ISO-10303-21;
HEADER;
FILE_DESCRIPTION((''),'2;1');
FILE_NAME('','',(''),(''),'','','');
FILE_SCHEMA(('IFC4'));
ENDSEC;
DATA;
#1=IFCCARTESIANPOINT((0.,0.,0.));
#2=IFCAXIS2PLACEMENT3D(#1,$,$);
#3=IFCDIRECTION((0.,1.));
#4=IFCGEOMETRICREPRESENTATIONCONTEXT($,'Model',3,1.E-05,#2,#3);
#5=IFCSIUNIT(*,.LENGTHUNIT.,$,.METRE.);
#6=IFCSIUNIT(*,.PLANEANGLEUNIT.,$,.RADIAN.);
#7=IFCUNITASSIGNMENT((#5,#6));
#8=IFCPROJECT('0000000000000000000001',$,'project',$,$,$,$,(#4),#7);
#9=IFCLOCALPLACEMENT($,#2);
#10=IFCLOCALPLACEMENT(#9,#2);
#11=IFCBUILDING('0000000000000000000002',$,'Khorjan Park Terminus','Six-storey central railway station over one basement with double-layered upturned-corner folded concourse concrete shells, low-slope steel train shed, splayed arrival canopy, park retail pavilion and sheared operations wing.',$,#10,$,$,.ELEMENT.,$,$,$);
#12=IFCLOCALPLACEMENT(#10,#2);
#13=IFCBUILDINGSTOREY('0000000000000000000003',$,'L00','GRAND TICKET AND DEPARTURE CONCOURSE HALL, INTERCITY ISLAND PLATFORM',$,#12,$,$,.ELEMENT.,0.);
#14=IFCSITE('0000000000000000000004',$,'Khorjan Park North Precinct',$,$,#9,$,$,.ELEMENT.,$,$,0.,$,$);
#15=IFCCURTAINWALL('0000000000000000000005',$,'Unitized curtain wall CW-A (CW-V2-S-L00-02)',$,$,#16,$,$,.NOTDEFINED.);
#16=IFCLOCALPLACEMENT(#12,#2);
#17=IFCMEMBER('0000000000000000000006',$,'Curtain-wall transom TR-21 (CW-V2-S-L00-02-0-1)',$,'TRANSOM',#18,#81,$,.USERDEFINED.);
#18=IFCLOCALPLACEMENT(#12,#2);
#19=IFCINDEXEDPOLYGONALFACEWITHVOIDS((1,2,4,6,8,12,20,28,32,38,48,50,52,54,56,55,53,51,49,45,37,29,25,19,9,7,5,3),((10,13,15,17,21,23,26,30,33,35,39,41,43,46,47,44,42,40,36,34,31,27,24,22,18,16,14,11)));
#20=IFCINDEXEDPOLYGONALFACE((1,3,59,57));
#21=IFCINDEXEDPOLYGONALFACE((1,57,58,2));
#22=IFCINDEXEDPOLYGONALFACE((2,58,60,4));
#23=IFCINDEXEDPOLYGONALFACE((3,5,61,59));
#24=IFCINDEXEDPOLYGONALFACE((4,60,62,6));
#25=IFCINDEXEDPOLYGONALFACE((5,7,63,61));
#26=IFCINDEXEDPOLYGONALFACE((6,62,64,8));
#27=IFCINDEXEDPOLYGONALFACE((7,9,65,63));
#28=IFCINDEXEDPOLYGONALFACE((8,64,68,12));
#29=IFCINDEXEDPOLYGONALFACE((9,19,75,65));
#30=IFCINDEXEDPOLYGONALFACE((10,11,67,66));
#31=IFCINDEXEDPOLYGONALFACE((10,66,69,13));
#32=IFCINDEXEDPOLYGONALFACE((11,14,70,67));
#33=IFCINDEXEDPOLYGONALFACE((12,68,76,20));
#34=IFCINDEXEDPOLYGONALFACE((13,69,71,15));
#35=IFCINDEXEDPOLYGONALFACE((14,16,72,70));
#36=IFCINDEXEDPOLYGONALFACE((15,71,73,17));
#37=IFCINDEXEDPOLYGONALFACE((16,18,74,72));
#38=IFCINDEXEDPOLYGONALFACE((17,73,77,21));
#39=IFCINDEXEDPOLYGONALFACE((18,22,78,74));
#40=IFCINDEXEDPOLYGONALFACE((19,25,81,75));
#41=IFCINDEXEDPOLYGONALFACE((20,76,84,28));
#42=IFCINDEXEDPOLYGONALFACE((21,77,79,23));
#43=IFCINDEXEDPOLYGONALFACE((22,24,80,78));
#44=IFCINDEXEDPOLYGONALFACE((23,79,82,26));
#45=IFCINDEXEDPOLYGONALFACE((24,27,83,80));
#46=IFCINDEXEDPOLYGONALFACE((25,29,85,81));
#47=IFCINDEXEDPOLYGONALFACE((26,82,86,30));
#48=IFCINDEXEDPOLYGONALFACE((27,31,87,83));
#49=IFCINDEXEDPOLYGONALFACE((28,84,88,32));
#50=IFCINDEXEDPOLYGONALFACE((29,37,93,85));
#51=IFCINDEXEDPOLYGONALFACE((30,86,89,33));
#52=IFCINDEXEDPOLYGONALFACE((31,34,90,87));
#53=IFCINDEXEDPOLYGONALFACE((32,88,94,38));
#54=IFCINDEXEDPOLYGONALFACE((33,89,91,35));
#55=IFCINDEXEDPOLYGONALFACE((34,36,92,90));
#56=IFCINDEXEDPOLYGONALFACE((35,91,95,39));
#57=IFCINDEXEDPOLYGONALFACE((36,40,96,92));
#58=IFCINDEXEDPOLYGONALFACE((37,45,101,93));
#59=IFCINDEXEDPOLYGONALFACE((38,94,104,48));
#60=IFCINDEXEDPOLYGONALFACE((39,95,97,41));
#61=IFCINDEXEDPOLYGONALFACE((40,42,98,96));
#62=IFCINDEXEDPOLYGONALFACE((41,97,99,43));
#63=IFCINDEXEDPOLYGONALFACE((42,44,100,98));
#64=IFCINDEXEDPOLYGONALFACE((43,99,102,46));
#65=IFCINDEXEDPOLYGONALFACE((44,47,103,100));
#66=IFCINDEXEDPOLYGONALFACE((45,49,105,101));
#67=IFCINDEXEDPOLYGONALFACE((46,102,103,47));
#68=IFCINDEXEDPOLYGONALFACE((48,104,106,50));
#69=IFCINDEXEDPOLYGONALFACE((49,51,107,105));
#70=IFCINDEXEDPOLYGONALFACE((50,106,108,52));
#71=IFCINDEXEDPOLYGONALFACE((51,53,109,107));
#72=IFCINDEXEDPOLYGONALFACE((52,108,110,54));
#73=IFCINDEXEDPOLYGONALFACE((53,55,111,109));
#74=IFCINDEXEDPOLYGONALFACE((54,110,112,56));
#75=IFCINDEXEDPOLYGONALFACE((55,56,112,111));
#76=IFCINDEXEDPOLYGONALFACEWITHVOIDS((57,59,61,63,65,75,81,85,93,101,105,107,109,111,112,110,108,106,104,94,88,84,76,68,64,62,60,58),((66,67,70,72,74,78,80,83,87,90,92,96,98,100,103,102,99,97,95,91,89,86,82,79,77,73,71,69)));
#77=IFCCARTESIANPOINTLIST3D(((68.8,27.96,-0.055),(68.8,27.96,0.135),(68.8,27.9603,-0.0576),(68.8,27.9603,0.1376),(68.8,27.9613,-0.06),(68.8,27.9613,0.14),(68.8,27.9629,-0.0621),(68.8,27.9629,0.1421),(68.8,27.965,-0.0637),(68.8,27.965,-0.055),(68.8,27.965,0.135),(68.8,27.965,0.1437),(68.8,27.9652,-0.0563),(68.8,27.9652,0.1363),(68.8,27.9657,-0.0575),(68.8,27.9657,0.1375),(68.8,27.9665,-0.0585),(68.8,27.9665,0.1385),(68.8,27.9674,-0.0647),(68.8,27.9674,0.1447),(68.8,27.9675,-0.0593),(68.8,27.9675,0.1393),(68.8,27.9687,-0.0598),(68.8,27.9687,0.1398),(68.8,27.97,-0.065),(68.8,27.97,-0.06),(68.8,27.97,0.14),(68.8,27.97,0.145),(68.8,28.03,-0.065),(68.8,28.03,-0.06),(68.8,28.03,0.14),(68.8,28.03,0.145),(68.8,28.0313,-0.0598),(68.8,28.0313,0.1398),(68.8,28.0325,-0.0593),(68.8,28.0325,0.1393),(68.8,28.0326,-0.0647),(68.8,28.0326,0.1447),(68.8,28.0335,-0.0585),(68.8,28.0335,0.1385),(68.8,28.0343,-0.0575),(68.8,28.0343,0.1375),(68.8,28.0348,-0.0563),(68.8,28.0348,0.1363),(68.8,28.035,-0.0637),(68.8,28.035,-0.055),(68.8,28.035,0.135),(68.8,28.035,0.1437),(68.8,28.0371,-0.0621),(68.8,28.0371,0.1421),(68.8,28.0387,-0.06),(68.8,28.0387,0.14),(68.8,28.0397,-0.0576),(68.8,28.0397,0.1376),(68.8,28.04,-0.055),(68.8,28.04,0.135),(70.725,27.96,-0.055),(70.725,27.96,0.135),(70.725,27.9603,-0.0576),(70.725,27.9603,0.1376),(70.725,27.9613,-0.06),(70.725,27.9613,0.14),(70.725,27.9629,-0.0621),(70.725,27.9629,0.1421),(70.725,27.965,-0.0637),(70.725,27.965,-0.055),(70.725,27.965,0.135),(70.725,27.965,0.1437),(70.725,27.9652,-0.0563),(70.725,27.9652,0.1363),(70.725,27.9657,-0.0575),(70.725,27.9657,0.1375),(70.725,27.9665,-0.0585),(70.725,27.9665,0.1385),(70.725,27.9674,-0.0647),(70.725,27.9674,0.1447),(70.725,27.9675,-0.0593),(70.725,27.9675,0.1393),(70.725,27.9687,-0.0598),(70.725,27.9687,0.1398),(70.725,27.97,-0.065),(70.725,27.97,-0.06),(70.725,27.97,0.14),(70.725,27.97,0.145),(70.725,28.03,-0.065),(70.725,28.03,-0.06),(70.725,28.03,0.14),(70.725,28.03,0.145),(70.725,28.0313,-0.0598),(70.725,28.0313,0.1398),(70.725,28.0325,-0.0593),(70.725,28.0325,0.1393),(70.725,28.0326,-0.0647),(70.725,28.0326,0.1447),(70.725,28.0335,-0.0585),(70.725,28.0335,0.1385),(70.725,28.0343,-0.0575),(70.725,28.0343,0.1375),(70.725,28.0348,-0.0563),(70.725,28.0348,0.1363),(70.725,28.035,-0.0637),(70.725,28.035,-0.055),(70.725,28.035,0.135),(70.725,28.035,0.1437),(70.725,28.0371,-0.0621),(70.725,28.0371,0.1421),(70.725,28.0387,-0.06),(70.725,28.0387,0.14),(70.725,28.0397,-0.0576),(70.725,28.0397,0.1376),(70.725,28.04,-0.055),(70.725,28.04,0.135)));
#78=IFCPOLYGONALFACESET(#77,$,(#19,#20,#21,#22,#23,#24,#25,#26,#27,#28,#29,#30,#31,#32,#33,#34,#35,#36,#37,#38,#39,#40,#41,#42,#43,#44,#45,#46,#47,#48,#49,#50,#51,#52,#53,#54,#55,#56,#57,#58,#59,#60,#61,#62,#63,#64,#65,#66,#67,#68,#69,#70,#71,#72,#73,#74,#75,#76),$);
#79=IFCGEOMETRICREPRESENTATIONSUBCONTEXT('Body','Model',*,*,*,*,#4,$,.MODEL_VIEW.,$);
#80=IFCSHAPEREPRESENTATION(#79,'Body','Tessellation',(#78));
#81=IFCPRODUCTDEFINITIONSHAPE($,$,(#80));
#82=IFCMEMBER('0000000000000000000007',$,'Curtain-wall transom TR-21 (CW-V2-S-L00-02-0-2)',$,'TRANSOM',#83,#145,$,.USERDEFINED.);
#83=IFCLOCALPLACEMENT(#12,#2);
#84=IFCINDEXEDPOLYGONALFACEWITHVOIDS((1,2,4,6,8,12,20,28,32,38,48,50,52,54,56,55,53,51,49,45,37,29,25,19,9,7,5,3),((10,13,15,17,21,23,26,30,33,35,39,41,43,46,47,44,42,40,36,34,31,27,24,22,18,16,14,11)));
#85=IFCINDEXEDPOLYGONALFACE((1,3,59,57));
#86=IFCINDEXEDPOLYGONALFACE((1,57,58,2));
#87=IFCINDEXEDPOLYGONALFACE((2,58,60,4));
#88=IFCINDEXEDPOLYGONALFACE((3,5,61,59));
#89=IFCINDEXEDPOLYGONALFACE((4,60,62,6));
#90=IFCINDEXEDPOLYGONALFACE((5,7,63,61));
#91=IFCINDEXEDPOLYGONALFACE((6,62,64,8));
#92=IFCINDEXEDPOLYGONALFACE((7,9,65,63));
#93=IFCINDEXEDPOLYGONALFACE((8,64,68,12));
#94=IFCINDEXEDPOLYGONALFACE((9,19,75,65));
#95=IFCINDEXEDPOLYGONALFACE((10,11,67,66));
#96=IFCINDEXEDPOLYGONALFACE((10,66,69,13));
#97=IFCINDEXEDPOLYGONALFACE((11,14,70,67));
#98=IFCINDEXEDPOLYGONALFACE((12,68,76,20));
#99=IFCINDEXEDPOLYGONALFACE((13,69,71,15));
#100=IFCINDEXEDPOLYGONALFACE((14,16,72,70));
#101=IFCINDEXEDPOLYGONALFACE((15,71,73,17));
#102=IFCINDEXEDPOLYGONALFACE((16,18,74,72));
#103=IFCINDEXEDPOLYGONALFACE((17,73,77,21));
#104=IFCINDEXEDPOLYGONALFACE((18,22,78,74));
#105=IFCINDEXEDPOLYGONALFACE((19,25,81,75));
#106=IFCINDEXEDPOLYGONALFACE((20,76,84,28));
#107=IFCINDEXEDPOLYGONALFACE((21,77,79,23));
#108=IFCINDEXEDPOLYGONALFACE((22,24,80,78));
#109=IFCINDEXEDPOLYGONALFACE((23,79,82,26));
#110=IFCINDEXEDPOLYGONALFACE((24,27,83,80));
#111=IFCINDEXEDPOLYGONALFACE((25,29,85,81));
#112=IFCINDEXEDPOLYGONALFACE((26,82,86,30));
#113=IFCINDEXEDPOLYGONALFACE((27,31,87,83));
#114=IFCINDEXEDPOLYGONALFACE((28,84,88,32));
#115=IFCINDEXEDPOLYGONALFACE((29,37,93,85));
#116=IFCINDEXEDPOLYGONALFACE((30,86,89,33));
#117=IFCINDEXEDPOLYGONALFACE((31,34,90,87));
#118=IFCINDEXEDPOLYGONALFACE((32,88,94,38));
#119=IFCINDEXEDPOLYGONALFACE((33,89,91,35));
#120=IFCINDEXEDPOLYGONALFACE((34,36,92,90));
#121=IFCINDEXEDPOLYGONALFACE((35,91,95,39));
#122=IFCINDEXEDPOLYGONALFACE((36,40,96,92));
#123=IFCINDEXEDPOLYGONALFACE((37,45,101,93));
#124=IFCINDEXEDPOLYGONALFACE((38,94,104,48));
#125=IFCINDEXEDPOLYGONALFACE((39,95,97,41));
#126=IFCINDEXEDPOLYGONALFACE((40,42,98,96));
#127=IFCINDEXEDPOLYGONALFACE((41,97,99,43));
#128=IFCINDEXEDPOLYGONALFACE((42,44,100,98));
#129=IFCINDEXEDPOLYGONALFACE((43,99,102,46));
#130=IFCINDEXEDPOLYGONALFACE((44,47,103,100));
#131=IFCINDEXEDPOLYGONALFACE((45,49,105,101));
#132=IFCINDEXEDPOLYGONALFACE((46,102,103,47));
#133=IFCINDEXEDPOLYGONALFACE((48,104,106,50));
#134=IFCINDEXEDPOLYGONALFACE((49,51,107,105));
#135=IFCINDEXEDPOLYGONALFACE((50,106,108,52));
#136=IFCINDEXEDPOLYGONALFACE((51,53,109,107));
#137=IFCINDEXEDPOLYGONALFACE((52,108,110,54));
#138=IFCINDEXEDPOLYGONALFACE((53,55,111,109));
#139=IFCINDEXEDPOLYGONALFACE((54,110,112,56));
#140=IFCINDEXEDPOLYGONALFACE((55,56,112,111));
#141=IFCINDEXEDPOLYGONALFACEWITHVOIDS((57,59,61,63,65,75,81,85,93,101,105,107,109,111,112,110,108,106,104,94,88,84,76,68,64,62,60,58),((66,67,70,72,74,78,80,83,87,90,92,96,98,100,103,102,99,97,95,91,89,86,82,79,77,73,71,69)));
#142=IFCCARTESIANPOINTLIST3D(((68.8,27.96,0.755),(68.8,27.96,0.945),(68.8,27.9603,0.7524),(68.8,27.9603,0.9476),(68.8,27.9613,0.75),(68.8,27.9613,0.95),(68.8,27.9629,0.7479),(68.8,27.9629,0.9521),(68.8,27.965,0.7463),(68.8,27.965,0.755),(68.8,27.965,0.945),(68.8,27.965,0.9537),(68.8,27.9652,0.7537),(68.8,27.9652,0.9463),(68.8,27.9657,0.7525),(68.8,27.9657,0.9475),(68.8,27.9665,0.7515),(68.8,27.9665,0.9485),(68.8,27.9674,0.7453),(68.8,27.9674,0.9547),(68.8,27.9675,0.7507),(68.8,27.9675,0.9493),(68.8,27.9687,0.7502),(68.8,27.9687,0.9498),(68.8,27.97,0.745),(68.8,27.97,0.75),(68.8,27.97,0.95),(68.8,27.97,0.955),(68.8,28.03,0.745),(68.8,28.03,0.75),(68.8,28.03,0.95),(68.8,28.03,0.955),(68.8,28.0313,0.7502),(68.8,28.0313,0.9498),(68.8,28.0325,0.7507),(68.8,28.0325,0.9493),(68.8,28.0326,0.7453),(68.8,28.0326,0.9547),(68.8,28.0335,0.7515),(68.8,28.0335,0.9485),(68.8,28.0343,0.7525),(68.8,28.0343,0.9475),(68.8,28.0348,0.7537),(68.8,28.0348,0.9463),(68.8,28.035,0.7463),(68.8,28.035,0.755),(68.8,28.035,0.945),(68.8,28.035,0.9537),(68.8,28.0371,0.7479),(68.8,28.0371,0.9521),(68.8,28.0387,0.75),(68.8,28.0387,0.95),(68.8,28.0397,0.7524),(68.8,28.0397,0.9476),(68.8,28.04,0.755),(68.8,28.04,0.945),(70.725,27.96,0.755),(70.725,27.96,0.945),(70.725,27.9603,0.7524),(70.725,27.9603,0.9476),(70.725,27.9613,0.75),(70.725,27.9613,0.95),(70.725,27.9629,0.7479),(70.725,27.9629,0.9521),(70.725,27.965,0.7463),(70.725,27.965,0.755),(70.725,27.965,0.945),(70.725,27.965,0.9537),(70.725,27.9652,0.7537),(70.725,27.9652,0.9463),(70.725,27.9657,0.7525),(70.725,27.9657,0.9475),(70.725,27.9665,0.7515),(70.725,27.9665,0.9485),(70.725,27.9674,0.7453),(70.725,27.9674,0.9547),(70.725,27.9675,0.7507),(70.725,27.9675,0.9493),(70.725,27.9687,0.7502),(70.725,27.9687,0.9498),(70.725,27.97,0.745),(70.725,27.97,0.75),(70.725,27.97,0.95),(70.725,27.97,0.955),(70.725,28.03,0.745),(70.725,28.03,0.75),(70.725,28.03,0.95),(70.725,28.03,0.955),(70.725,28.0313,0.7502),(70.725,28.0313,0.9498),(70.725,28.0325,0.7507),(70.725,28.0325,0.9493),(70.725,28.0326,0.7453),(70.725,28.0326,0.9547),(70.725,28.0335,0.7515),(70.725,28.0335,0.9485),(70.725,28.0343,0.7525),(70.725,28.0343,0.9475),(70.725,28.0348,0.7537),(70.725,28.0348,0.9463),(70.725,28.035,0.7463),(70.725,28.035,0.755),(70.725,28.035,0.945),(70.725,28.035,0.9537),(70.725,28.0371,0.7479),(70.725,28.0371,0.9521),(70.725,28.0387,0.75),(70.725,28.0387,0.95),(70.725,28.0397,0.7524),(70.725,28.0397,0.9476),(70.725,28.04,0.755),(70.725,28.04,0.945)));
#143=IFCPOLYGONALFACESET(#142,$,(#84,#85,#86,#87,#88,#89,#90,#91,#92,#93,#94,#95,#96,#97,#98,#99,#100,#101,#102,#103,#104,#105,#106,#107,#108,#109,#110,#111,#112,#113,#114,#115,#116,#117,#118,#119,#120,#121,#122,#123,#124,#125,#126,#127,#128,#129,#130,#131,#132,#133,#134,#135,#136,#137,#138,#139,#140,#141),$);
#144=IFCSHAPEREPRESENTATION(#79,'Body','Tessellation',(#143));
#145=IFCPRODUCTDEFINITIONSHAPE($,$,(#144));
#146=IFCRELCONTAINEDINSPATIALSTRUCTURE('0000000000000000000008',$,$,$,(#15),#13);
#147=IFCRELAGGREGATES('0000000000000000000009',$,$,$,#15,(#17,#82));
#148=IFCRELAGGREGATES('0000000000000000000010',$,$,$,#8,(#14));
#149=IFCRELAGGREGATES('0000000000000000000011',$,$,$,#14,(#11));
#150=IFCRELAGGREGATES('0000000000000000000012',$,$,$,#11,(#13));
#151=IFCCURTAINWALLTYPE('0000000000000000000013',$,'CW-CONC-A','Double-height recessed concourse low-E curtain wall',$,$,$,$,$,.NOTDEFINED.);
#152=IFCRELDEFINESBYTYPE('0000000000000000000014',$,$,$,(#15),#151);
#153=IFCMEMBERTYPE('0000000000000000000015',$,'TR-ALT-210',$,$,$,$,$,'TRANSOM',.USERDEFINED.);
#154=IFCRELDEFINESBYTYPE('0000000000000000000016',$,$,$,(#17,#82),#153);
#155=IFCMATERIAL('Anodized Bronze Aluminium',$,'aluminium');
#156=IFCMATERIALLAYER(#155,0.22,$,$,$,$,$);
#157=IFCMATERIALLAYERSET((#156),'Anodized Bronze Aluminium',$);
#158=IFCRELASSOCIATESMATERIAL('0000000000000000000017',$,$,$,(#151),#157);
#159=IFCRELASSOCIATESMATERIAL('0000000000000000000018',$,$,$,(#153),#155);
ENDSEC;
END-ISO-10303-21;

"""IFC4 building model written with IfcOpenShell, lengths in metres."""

from ifc_helpers import new_model, si_unit, direction, frame, origin, origin_2d, place, context, subcontext, project, spatial, hollow_rectangle, extrude, material, layer, layer_set, material_profile, profile_set, type_object, element, aggregate, save


model = new_model("IFC4")

# Units and contexts
model_context = context("Model", 3, precision=1e-05, world=origin(), true_north=direction((0.0, 1.0)))
body_context = subcontext(model_context, "Body", "Model", "MODEL_VIEW")
ifc_project = project(units=[si_unit("LENGTHUNIT", "METRE"), si_unit("PLANEANGLEUNIT", "RADIAN")], contexts=[model_context])

# Site, building, storey
site_placement = place(None, origin())
site = spatial("IfcSite", under=ifc_project, at=site_placement, Name="Khorjan Park North Precinct", CompositionType="ELEMENT", RefElevation=0.0)
building_placement = place(site_placement, origin())
building = spatial("IfcBuilding", under=site, at=building_placement, Name="Khorjan Park Terminus", Description="Six-storey central railway station over one basement with double-layered upturned-corner folded concourse concrete shells, low-slope steel train shed, splayed arrival canopy, park retail pavilion and sheared operations wing.", CompositionType="ELEMENT")
storey_placement = place(building_placement, origin())
storey = spatial("IfcBuildingStorey", under=building, at=storey_placement, Name="L00", Description="GRAND TICKET AND DEPARTURE CONCOURSE HALL, INTERCITY ISLAND PLATFORM", CompositionType="ELEMENT", Elevation=0.0)

# Shared definitions
ifc_material_1 = material(Name="Anodized Bronze Aluminium", Category="aluminium")
ifc_layer_1 = layer(ifc_material_1, 0.22)
ifc_layer_set_1 = layer_set([ifc_layer_1], Name="Anodized Bronze Aluminium")
curtain_wall_type = type_object("IfcCurtainWallType", Name="CW-CONC-A", Description="Double-height recessed concourse low-E curtain wall", PredefinedType="NOTDEFINED", material=ifc_layer_set_1)

# Curtain wall, members
curtain_wall_1_placement = place(storey_placement, origin())
curtain_wall_1 = element("IfcCurtainWall", 1, at=curtain_wall_1_placement, inside=storey, type_object=curtain_wall_type, Name="Unitized curtain wall CW-A (CW-V2-S-L00-02)", PredefinedType="NOTDEFINED")
ifc_material_profile_1 = material_profile(ifc_material_1, hollow_rectangle(XDim=0.08, YDim=0.21, WallThickness=0.005, InnerFilletRadius=0.005, OuterFilletRadius=0.01, at=origin_2d()), Name="ALT 80x210x5")
ifc_profile_set_1 = profile_set([ifc_material_profile_1], Name="Anodized Bronze Aluminium")
member_type_1 = type_object("IfcMemberType", Name="TR-ALT-210", ElementType="TRANSOM", PredefinedType="USERDEFINED", material=ifc_profile_set_1)
member_1_placement = place(storey_placement, frame((68.8, 28.0, 0.04), z_axis=(1.0, 0.0, 0.0), x_axis=(0.0, 1.0, 0.0)))
member_1 = element("IfcMember", 2, at=member_1_placement, type_object=member_type_1, Name="Curtain-wall transom TR-21 (CW-V2-S-L00-02-0-1)", ObjectType="TRANSOM", PredefinedType="USERDEFINED", context=body_context, shape_type="SweptSolid", body=[
    extrude(hollow_rectangle(XDim=0.08, YDim=0.21, WallThickness=0.005, InnerFilletRadius=0.005, OuterFilletRadius=0.01, at=origin_2d()), origin(), (0.0, 0.0, 1.0), 1.925),
])
member_2_placement = place(storey_placement, frame((68.8, 28.0, 0.85), z_axis=(1.0, 0.0, 0.0), x_axis=(0.0, 1.0, 0.0)))
member_2 = element("IfcMember", 3, at=member_2_placement, type_object=member_type_1, Name="Curtain-wall transom TR-21 (CW-V2-S-L00-02-0-2)", ObjectType="TRANSOM", PredefinedType="USERDEFINED", context=body_context, shape_type="SweptSolid", body=[
    extrude(hollow_rectangle(XDim=0.08, YDim=0.21, WallThickness=0.005, InnerFilletRadius=0.005, OuterFilletRadius=0.01, at=origin_2d()), origin(), (0.0, 0.0, 1.0), 1.925),
])
aggregate(curtain_wall_1, [member_1, member_2])

save(model, "model.ifc")
